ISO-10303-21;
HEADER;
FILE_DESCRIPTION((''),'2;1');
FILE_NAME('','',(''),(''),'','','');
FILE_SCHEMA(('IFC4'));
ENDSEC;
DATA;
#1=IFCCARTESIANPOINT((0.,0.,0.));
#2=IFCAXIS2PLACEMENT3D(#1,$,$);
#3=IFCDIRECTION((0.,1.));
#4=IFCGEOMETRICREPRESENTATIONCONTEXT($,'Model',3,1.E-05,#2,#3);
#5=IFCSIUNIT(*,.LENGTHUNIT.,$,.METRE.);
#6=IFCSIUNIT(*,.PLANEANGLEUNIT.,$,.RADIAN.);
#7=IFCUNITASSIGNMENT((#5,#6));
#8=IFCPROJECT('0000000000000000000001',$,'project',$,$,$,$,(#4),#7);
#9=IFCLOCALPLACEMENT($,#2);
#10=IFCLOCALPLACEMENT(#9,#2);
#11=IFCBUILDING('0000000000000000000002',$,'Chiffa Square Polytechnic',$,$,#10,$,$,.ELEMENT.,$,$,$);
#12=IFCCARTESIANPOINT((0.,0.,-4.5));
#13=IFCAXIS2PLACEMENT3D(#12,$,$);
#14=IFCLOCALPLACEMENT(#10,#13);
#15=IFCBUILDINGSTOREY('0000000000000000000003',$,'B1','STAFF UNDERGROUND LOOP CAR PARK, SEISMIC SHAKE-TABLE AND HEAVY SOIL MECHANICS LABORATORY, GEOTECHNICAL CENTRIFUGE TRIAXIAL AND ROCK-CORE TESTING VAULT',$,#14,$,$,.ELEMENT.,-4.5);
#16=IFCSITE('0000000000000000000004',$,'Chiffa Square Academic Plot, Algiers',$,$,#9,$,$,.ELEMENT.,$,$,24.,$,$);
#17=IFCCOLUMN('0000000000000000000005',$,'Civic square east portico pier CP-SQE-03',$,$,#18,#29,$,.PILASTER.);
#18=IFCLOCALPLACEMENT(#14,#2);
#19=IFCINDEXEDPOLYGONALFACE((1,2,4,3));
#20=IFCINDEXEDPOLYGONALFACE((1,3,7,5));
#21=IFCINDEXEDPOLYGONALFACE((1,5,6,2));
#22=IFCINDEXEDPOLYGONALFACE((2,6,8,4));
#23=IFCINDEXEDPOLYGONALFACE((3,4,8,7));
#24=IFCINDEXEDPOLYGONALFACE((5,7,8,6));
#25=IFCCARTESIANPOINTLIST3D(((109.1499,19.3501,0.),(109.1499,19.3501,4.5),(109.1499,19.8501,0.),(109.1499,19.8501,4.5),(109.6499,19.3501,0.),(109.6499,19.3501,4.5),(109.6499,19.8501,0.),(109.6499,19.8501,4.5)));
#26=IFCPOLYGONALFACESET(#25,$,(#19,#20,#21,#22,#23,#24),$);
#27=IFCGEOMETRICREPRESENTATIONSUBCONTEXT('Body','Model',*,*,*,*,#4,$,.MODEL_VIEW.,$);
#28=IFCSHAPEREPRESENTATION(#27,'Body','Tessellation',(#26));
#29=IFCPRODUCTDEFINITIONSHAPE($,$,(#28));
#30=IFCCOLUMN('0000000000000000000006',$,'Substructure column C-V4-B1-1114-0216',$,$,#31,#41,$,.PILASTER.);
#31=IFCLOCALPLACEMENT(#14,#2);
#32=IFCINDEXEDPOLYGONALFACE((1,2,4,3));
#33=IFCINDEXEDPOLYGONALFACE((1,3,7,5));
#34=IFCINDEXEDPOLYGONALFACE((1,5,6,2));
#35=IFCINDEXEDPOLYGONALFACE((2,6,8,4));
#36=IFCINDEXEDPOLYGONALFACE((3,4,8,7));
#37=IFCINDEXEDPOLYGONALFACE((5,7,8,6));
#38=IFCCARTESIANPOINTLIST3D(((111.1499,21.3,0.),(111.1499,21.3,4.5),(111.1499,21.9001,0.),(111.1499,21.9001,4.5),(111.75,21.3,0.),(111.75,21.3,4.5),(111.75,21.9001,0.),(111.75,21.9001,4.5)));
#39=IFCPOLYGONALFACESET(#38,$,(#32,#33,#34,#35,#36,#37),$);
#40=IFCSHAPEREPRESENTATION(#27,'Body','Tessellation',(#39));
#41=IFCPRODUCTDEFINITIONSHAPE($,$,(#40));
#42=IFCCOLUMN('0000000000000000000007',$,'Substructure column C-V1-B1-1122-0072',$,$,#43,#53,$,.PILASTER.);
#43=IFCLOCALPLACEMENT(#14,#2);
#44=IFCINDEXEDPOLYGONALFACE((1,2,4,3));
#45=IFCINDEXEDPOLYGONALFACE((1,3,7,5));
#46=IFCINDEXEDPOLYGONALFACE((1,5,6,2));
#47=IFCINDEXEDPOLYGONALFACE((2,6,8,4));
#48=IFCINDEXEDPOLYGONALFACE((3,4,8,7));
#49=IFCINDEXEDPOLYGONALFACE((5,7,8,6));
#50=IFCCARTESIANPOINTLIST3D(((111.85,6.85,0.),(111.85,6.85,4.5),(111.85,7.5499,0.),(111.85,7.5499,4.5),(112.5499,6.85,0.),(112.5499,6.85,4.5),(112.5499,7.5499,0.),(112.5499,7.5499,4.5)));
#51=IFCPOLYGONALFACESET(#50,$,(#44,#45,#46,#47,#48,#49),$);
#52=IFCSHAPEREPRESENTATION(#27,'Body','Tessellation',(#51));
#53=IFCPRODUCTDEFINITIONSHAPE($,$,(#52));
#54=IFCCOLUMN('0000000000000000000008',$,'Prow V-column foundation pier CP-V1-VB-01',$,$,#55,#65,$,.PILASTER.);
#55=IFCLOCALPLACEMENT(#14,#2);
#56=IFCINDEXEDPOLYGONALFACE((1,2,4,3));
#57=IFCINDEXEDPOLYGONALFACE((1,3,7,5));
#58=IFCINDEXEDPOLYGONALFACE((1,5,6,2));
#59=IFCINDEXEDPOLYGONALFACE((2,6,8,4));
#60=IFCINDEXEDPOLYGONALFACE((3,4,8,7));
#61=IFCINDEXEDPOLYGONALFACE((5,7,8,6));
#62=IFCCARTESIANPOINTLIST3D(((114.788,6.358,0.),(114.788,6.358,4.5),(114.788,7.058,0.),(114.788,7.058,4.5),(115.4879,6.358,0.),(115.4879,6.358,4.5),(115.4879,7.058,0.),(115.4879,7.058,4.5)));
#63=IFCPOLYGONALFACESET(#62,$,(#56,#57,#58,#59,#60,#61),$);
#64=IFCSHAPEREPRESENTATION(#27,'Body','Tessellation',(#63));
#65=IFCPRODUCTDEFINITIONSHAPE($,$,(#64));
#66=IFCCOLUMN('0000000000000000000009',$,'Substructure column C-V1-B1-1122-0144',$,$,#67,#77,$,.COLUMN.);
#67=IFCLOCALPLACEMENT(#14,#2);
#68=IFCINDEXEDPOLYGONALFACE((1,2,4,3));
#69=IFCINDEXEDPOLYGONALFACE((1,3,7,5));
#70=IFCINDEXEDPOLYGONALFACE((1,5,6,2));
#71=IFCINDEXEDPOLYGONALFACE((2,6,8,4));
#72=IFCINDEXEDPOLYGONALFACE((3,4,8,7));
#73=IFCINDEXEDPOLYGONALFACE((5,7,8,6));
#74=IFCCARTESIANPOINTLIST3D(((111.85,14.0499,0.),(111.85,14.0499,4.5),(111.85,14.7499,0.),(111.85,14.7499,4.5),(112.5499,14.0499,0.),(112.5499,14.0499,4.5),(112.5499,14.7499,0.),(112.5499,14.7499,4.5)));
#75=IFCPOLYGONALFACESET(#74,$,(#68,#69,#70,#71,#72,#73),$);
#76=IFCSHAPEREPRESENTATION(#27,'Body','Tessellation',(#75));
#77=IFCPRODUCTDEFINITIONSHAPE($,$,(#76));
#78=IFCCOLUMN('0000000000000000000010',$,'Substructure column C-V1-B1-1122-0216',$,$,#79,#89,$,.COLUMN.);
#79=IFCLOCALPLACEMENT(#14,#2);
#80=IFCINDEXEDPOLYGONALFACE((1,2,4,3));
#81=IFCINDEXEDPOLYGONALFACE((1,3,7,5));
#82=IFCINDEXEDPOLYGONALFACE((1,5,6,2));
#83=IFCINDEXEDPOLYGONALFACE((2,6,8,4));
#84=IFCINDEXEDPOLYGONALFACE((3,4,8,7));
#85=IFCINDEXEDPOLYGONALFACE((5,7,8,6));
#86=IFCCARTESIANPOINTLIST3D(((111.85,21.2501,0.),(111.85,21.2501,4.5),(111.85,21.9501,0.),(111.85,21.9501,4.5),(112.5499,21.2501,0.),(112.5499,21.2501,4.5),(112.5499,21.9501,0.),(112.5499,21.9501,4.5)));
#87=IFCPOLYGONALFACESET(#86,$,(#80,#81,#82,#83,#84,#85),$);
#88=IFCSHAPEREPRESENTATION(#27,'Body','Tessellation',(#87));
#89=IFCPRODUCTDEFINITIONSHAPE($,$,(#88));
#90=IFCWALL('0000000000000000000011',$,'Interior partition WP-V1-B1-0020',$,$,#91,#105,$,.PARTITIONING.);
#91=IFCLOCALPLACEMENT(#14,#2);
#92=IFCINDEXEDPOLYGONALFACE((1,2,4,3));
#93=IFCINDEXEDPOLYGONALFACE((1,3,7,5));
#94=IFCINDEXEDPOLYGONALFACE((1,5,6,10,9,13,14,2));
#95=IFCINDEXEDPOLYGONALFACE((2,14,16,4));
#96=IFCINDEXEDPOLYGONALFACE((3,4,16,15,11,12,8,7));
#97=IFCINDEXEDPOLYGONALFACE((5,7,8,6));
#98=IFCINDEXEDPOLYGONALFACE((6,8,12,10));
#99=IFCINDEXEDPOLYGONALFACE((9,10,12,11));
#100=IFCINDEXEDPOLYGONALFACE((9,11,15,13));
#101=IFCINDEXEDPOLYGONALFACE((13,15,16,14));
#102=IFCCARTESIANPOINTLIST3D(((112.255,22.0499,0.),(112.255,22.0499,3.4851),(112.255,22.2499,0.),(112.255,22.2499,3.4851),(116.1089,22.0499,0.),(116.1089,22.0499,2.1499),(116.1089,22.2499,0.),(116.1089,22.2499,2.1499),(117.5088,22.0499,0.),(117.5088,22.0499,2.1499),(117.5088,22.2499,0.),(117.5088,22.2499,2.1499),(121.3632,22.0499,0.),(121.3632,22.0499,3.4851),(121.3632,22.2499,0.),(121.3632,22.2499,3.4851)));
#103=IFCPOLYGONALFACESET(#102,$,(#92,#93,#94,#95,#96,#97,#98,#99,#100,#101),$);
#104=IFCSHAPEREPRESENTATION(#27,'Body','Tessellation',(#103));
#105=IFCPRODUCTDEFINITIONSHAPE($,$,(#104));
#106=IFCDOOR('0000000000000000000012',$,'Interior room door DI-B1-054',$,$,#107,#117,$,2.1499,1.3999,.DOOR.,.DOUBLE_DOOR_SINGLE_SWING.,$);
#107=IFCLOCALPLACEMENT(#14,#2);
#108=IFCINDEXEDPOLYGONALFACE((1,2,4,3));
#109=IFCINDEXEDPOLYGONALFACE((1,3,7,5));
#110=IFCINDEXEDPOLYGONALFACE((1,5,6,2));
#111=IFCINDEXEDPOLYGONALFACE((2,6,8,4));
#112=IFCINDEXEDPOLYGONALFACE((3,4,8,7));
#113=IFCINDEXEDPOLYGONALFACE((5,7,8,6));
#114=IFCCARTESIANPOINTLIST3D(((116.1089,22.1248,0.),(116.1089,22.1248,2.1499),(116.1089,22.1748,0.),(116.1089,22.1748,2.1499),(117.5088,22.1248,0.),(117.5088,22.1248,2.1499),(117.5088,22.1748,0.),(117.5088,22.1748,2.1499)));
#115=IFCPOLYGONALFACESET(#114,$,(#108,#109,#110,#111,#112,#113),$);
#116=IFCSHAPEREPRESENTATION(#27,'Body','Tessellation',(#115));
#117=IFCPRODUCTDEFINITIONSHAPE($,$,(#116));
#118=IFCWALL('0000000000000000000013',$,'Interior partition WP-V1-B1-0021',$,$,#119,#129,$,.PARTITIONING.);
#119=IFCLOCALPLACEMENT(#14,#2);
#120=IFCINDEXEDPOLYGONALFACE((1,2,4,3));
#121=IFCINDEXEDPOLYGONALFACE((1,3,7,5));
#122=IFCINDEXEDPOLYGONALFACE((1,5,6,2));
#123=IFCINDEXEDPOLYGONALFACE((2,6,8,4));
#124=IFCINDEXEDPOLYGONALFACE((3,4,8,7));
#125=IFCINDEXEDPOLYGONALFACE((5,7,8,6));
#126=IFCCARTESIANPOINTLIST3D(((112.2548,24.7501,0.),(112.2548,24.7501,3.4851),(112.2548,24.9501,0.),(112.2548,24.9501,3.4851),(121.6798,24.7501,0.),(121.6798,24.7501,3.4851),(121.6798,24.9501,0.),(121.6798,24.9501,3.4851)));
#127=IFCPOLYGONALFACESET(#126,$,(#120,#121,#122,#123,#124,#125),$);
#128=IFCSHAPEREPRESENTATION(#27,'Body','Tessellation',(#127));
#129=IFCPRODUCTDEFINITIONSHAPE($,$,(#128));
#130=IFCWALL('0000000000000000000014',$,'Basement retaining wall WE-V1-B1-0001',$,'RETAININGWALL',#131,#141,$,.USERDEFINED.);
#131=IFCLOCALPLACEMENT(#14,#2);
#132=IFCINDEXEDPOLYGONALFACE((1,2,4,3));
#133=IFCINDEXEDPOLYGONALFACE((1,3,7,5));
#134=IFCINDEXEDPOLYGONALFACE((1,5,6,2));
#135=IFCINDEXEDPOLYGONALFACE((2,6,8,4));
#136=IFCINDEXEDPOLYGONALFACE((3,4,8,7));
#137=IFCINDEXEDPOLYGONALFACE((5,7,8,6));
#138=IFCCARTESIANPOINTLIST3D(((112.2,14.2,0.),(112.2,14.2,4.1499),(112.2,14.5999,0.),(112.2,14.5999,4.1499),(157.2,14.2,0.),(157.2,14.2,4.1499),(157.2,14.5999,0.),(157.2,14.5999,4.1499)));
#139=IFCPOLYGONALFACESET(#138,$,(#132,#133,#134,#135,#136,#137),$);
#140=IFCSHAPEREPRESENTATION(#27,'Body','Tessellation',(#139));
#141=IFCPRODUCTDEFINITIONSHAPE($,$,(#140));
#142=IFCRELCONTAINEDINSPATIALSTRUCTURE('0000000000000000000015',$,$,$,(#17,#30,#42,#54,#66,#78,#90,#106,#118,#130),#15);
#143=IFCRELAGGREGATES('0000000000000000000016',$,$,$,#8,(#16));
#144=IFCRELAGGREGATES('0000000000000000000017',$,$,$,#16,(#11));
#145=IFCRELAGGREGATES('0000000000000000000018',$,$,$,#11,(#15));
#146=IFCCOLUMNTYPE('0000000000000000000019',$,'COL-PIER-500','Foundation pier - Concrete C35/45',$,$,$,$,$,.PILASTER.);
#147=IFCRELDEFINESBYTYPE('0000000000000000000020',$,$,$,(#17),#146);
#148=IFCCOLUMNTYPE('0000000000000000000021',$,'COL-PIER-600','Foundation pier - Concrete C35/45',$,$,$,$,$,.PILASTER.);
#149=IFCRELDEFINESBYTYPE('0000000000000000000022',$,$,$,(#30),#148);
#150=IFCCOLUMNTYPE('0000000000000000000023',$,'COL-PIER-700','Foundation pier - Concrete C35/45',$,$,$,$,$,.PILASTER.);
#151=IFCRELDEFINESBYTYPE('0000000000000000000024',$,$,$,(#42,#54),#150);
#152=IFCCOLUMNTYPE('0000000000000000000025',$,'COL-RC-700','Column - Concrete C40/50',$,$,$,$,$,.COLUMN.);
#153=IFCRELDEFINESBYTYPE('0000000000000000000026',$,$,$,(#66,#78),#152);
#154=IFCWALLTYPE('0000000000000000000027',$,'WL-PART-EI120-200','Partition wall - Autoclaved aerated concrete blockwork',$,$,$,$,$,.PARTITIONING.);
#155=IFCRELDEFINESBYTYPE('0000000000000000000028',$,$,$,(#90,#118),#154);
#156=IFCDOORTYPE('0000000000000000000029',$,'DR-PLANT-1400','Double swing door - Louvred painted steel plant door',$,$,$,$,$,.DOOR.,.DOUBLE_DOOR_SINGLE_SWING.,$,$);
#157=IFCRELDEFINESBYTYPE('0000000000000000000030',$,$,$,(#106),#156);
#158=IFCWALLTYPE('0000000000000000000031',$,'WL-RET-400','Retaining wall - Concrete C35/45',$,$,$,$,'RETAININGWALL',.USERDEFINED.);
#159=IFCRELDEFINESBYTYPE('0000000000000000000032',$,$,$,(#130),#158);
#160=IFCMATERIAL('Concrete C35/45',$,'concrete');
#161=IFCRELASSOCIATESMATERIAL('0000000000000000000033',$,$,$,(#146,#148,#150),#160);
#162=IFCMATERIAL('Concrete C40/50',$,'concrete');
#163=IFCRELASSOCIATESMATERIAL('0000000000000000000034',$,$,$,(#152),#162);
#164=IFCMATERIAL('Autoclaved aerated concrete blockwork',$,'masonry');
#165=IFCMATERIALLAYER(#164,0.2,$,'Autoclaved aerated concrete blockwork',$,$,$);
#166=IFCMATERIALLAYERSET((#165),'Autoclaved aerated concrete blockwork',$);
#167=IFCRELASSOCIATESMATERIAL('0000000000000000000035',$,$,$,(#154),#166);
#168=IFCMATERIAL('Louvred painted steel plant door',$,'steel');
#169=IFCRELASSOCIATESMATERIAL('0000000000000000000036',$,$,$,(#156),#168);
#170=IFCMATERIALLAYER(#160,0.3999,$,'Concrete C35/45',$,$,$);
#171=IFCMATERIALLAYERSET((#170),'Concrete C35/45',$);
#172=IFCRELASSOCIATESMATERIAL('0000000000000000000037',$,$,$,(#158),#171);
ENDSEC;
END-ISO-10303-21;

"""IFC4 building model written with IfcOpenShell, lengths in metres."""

from ifc_helpers import new_model, si_unit, direction, frame, frame_2d, origin, origin_2d, place, context, subcontext, project, spatial, rectangle, extrude, material, layer, layer_set, material_profile, profile_set, type_object, element, fill, save


model = new_model("IFC4")

# Units and contexts
model_context = context("Model", 3, precision=1e-05, world=origin(), true_north=direction((0.0, 1.0)))
body_context = subcontext(model_context, "Body", "Model", "MODEL_VIEW")
ifc_project = project(units=[si_unit("LENGTHUNIT", "METRE"), si_unit("PLANEANGLEUNIT", "RADIAN")], contexts=[model_context])

# Site, building, storey
site_placement = place(None, origin())
site = spatial("IfcSite", under=ifc_project, at=site_placement, Name="Chiffa Square Academic Plot, Algiers", CompositionType="ELEMENT", RefElevation=24.0)
building_placement = place(site_placement, origin())
building = spatial("IfcBuilding", under=site, at=building_placement, Name="Chiffa Square Polytechnic", CompositionType="ELEMENT")
storey_placement = place(building_placement, frame((0.0, 0.0, -4.5)))
storey = spatial("IfcBuildingStorey", under=building, at=storey_placement, Name="B1", Description="STAFF UNDERGROUND LOOP CAR PARK, SEISMIC SHAKE-TABLE AND HEAVY SOIL MECHANICS LABORATORY, GEOTECHNICAL CENTRIFUGE TRIAXIAL AND ROCK-CORE TESTING VAULT", CompositionType="ELEMENT", Elevation=-4.5)

# Shared definitions
ifc_material_1 = material(Name="Concrete C35/45", Category="concrete")

# Columns
ifc_material_profile_1 = material_profile(ifc_material_1, rectangle(XDim=0.5, YDim=0.5, at=origin_2d()), Name="RC 500x500")
ifc_profile_set_1 = profile_set([ifc_material_profile_1], Name="Concrete C35/45")
column_type_1 = type_object("IfcColumnType", Name="COL-PIER-500", Description="Foundation pier - Concrete C35/45", PredefinedType="PILASTER", material=ifc_profile_set_1)
for number, where, z_axis, x_axis, name in (
    (1, (109.3999, 19.6001, 0.0), (0.0, 0.0, 1.0), (1.0, 0.0, 0.0), "Civic square east portico pier CP-SQE-03"),
):
    element("IfcColumn", number, at=place(storey_placement, frame(where, z_axis=z_axis, x_axis=x_axis)), inside=storey, type_object=column_type_1, Name=name, PredefinedType="PILASTER", context=body_context, shape_type="SweptSolid", body=[
        extrude(rectangle(XDim=0.5, YDim=0.5, at=origin_2d()), origin(), (0.0, 0.0, 1.0), 4.5),
    ])
ifc_material_profile_2 = material_profile(ifc_material_1, rectangle(XDim=0.6001, YDim=0.6001, at=origin_2d()), Name="RC 600x600")
ifc_profile_set_2 = profile_set([ifc_material_profile_2], Name="Concrete C35/45")
column_type_2 = type_object("IfcColumnType", Name="COL-PIER-600", Description="Foundation pier - Concrete C35/45", PredefinedType="PILASTER", material=ifc_profile_set_2)
column_placement = place(storey_placement, frame((111.45, 21.6001, 0.0), z_axis=(0.0, 0.0, 1.0), x_axis=(1.0, 0.0, 0.0)))
element("IfcColumn", 2, at=column_placement, inside=storey, type_object=column_type_2, Name="Substructure column C-V4-B1-1114-0216", PredefinedType="PILASTER", context=body_context, shape_type="SweptSolid", body=[
    extrude(rectangle(XDim=0.6001, YDim=0.6001, at=origin_2d()), origin(), (0.0, 0.0, 1.0), 4.5),
])
ifc_material_profile_3 = material_profile(ifc_material_1, rectangle(XDim=0.7, YDim=0.7, at=origin_2d()), Name="RC 700x700")
ifc_profile_set_3 = profile_set([ifc_material_profile_3], Name="Concrete C35/45")
column_type_3 = type_object("IfcColumnType", Name="COL-PIER-700", Description="Foundation pier - Concrete C35/45", PredefinedType="PILASTER", material=ifc_profile_set_3)
for number, where, z_axis, x_axis, name in (
    (3, (112.2, 7.2, 0.0), (0.0, 0.0, 1.0), (1.0, 0.0, 0.0), "Substructure column C-V1-B1-1122-0072"),
    (4, (115.1379, 6.708, 0.0), (0.0, 0.0, 1.0), (1.0, 0.0, 0.0), "Prow V-column foundation pier CP-V1-VB-01"),
):
    element("IfcColumn", number, at=place(storey_placement, frame(where, z_axis=z_axis, x_axis=x_axis)), inside=storey, type_object=column_type_3, Name=name, PredefinedType="PILASTER", context=body_context, shape_type="SweptSolid", body=[
        extrude(rectangle(XDim=0.7, YDim=0.7, at=origin_2d()), origin(), (0.0, 0.0, 1.0), 4.5),
    ])
ifc_material_2 = material(Name="Concrete C40/50", Category="concrete")
ifc_material_profile_4 = material_profile(ifc_material_2, rectangle(XDim=0.7, YDim=0.7, at=origin_2d()), Name="RC 700x700")
ifc_profile_set_4 = profile_set([ifc_material_profile_4], Name="Concrete C40/50")
column_type_4 = type_object("IfcColumnType", Name="COL-RC-700", Description="Column - Concrete C40/50", PredefinedType="COLUMN", material=ifc_profile_set_4)
for number, where, z_axis, x_axis, name in (
    (5, (112.2, 14.3999, 0.0), (0.0, 0.0, 1.0), (1.0, 0.0, 0.0), "Substructure column C-V1-B1-1122-0144"),
    (6, (112.2, 21.6001, 0.0), (0.0, 0.0, 1.0), (1.0, 0.0, 0.0), "Substructure column C-V1-B1-1122-0216"),
):
    element("IfcColumn", number, at=place(storey_placement, frame(where, z_axis=z_axis, x_axis=x_axis)), inside=storey, type_object=column_type_4, Name=name, PredefinedType="COLUMN", context=body_context, shape_type="SweptSolid", body=[
        extrude(rectangle(XDim=0.7, YDim=0.7, at=origin_2d()), origin(), (0.0, 0.0, 1.0), 4.5),
    ])

# Wall, opening, door
ifc_material_3 = material(Name="Autoclaved aerated concrete blockwork", Category="masonry")
ifc_layer_1 = layer(ifc_material_3, 0.2, Name="Autoclaved aerated concrete blockwork")
ifc_layer_set_1 = layer_set([ifc_layer_1], Name="Autoclaved aerated concrete blockwork")
wall_type_1 = type_object("IfcWallType", Name="WL-PART-EI120-200", Description="Partition wall - Autoclaved aerated concrete blockwork", PredefinedType="PARTITIONING", material=ifc_layer_set_1)
wall_1_placement = place(storey_placement, frame((112.2549, 22.1499, 0.0), z_axis=(0.0, 0.0, 1.0), x_axis=(1.0, 0.0, 0.0)))
wall_1 = element("IfcWall", 7, at=wall_1_placement, inside=storey, type_object=wall_type_1, Name="Interior partition WP-V1-B1-0020", PredefinedType="PARTITIONING", context=body_context, shape_type="SweptSolid", body=[
    extrude(rectangle(XDim=9.1082, YDim=0.2, at=frame_2d((4.5542, 0.0))), origin(), (0.0, 0.0, 1.0), 3.4851),
])
opening_placement = place(wall_1_placement, frame((3.854, 0.0, 0.0)))
opening = element("IfcOpeningElement", 8, at=opening_placement, cuts=wall_1, PredefinedType="OPENING", context=body_context, shape_type="SweptSolid", body=[
    extrude(rectangle(XDim=1.3999, YDim=2.1499, at=frame_2d((0.7, 1.075))), frame((0.0, 0.1099, 0.0), z_axis=(0.0, -1.0, 0.0), x_axis=(1.0, 0.0, 0.0)), (0.0, 0.0, 1.0), 0.22),
])
ifc_material_4 = material(Name="Louvred painted steel plant door", Category="steel")
door_type = type_object("IfcDoorType", Name="DR-PLANT-1400", Description="Double swing door - Louvred painted steel plant door", OperationType="DOUBLE_DOOR_SINGLE_SWING", PredefinedType="DOOR", material=ifc_material_4)
door_placement = place(opening_placement, origin())
door = element("IfcDoor", 9, at=door_placement, inside=storey, type_object=door_type, Name="Interior room door DI-B1-054", OperationType="DOUBLE_DOOR_SINGLE_SWING", OverallHeight=2.1499, OverallWidth=1.3999, PredefinedType="DOOR", context=body_context, shape_type="SweptSolid", body=[
    extrude(rectangle(XDim=1.3999, YDim=2.1499, at=frame_2d((0.7, 1.075))), frame((0.0, 0.0249, 0.0), z_axis=(0.0, -1.0, 0.0), x_axis=(1.0, 0.0, 0.0)), (0.0, 0.0, 1.0), 0.05),
])
fill(opening, door)

# Walls
wall_2_placement = place(storey_placement, frame((112.2549, 24.8501, 0.0), z_axis=(0.0, 0.0, 1.0), x_axis=(1.0, 0.0, 0.0)))
element("IfcWall", 10, at=wall_2_placement, inside=storey, type_object=wall_type_1, Name="Interior partition WP-V1-B1-0021", PredefinedType="PARTITIONING", context=body_context, shape_type="SweptSolid", body=[
    extrude(rectangle(XDim=9.425, YDim=0.2, at=frame_2d((4.7124, 0.0))), origin(), (0.0, 0.0, 1.0), 3.4851),
])
ifc_layer_2 = layer(ifc_material_1, 0.3999, Name="Concrete C35/45")
ifc_layer_set_2 = layer_set([ifc_layer_2], Name="Concrete C35/45")
wall_type_2 = type_object("IfcWallType", Name="WL-RET-400", Description="Retaining wall - Concrete C35/45", ElementType="RETAININGWALL", PredefinedType="USERDEFINED", material=ifc_layer_set_2)
wall_3_placement = place(storey_placement, frame((112.2, 14.3999, 0.0), z_axis=(0.0, 0.0, 1.0), x_axis=(1.0, 0.0, 0.0)))
element("IfcWall", 11, at=wall_3_placement, inside=storey, type_object=wall_type_2, Name="Basement retaining wall WE-V1-B1-0001", ObjectType="RETAININGWALL", PredefinedType="USERDEFINED", context=body_context, shape_type="SweptSolid", body=[
    extrude(rectangle(XDim=45.0, YDim=0.3999, at=frame_2d((22.5, 0.0))), origin(), (0.0, 0.0, 1.0), 4.1499),
])

save(model, "model.ifc")
